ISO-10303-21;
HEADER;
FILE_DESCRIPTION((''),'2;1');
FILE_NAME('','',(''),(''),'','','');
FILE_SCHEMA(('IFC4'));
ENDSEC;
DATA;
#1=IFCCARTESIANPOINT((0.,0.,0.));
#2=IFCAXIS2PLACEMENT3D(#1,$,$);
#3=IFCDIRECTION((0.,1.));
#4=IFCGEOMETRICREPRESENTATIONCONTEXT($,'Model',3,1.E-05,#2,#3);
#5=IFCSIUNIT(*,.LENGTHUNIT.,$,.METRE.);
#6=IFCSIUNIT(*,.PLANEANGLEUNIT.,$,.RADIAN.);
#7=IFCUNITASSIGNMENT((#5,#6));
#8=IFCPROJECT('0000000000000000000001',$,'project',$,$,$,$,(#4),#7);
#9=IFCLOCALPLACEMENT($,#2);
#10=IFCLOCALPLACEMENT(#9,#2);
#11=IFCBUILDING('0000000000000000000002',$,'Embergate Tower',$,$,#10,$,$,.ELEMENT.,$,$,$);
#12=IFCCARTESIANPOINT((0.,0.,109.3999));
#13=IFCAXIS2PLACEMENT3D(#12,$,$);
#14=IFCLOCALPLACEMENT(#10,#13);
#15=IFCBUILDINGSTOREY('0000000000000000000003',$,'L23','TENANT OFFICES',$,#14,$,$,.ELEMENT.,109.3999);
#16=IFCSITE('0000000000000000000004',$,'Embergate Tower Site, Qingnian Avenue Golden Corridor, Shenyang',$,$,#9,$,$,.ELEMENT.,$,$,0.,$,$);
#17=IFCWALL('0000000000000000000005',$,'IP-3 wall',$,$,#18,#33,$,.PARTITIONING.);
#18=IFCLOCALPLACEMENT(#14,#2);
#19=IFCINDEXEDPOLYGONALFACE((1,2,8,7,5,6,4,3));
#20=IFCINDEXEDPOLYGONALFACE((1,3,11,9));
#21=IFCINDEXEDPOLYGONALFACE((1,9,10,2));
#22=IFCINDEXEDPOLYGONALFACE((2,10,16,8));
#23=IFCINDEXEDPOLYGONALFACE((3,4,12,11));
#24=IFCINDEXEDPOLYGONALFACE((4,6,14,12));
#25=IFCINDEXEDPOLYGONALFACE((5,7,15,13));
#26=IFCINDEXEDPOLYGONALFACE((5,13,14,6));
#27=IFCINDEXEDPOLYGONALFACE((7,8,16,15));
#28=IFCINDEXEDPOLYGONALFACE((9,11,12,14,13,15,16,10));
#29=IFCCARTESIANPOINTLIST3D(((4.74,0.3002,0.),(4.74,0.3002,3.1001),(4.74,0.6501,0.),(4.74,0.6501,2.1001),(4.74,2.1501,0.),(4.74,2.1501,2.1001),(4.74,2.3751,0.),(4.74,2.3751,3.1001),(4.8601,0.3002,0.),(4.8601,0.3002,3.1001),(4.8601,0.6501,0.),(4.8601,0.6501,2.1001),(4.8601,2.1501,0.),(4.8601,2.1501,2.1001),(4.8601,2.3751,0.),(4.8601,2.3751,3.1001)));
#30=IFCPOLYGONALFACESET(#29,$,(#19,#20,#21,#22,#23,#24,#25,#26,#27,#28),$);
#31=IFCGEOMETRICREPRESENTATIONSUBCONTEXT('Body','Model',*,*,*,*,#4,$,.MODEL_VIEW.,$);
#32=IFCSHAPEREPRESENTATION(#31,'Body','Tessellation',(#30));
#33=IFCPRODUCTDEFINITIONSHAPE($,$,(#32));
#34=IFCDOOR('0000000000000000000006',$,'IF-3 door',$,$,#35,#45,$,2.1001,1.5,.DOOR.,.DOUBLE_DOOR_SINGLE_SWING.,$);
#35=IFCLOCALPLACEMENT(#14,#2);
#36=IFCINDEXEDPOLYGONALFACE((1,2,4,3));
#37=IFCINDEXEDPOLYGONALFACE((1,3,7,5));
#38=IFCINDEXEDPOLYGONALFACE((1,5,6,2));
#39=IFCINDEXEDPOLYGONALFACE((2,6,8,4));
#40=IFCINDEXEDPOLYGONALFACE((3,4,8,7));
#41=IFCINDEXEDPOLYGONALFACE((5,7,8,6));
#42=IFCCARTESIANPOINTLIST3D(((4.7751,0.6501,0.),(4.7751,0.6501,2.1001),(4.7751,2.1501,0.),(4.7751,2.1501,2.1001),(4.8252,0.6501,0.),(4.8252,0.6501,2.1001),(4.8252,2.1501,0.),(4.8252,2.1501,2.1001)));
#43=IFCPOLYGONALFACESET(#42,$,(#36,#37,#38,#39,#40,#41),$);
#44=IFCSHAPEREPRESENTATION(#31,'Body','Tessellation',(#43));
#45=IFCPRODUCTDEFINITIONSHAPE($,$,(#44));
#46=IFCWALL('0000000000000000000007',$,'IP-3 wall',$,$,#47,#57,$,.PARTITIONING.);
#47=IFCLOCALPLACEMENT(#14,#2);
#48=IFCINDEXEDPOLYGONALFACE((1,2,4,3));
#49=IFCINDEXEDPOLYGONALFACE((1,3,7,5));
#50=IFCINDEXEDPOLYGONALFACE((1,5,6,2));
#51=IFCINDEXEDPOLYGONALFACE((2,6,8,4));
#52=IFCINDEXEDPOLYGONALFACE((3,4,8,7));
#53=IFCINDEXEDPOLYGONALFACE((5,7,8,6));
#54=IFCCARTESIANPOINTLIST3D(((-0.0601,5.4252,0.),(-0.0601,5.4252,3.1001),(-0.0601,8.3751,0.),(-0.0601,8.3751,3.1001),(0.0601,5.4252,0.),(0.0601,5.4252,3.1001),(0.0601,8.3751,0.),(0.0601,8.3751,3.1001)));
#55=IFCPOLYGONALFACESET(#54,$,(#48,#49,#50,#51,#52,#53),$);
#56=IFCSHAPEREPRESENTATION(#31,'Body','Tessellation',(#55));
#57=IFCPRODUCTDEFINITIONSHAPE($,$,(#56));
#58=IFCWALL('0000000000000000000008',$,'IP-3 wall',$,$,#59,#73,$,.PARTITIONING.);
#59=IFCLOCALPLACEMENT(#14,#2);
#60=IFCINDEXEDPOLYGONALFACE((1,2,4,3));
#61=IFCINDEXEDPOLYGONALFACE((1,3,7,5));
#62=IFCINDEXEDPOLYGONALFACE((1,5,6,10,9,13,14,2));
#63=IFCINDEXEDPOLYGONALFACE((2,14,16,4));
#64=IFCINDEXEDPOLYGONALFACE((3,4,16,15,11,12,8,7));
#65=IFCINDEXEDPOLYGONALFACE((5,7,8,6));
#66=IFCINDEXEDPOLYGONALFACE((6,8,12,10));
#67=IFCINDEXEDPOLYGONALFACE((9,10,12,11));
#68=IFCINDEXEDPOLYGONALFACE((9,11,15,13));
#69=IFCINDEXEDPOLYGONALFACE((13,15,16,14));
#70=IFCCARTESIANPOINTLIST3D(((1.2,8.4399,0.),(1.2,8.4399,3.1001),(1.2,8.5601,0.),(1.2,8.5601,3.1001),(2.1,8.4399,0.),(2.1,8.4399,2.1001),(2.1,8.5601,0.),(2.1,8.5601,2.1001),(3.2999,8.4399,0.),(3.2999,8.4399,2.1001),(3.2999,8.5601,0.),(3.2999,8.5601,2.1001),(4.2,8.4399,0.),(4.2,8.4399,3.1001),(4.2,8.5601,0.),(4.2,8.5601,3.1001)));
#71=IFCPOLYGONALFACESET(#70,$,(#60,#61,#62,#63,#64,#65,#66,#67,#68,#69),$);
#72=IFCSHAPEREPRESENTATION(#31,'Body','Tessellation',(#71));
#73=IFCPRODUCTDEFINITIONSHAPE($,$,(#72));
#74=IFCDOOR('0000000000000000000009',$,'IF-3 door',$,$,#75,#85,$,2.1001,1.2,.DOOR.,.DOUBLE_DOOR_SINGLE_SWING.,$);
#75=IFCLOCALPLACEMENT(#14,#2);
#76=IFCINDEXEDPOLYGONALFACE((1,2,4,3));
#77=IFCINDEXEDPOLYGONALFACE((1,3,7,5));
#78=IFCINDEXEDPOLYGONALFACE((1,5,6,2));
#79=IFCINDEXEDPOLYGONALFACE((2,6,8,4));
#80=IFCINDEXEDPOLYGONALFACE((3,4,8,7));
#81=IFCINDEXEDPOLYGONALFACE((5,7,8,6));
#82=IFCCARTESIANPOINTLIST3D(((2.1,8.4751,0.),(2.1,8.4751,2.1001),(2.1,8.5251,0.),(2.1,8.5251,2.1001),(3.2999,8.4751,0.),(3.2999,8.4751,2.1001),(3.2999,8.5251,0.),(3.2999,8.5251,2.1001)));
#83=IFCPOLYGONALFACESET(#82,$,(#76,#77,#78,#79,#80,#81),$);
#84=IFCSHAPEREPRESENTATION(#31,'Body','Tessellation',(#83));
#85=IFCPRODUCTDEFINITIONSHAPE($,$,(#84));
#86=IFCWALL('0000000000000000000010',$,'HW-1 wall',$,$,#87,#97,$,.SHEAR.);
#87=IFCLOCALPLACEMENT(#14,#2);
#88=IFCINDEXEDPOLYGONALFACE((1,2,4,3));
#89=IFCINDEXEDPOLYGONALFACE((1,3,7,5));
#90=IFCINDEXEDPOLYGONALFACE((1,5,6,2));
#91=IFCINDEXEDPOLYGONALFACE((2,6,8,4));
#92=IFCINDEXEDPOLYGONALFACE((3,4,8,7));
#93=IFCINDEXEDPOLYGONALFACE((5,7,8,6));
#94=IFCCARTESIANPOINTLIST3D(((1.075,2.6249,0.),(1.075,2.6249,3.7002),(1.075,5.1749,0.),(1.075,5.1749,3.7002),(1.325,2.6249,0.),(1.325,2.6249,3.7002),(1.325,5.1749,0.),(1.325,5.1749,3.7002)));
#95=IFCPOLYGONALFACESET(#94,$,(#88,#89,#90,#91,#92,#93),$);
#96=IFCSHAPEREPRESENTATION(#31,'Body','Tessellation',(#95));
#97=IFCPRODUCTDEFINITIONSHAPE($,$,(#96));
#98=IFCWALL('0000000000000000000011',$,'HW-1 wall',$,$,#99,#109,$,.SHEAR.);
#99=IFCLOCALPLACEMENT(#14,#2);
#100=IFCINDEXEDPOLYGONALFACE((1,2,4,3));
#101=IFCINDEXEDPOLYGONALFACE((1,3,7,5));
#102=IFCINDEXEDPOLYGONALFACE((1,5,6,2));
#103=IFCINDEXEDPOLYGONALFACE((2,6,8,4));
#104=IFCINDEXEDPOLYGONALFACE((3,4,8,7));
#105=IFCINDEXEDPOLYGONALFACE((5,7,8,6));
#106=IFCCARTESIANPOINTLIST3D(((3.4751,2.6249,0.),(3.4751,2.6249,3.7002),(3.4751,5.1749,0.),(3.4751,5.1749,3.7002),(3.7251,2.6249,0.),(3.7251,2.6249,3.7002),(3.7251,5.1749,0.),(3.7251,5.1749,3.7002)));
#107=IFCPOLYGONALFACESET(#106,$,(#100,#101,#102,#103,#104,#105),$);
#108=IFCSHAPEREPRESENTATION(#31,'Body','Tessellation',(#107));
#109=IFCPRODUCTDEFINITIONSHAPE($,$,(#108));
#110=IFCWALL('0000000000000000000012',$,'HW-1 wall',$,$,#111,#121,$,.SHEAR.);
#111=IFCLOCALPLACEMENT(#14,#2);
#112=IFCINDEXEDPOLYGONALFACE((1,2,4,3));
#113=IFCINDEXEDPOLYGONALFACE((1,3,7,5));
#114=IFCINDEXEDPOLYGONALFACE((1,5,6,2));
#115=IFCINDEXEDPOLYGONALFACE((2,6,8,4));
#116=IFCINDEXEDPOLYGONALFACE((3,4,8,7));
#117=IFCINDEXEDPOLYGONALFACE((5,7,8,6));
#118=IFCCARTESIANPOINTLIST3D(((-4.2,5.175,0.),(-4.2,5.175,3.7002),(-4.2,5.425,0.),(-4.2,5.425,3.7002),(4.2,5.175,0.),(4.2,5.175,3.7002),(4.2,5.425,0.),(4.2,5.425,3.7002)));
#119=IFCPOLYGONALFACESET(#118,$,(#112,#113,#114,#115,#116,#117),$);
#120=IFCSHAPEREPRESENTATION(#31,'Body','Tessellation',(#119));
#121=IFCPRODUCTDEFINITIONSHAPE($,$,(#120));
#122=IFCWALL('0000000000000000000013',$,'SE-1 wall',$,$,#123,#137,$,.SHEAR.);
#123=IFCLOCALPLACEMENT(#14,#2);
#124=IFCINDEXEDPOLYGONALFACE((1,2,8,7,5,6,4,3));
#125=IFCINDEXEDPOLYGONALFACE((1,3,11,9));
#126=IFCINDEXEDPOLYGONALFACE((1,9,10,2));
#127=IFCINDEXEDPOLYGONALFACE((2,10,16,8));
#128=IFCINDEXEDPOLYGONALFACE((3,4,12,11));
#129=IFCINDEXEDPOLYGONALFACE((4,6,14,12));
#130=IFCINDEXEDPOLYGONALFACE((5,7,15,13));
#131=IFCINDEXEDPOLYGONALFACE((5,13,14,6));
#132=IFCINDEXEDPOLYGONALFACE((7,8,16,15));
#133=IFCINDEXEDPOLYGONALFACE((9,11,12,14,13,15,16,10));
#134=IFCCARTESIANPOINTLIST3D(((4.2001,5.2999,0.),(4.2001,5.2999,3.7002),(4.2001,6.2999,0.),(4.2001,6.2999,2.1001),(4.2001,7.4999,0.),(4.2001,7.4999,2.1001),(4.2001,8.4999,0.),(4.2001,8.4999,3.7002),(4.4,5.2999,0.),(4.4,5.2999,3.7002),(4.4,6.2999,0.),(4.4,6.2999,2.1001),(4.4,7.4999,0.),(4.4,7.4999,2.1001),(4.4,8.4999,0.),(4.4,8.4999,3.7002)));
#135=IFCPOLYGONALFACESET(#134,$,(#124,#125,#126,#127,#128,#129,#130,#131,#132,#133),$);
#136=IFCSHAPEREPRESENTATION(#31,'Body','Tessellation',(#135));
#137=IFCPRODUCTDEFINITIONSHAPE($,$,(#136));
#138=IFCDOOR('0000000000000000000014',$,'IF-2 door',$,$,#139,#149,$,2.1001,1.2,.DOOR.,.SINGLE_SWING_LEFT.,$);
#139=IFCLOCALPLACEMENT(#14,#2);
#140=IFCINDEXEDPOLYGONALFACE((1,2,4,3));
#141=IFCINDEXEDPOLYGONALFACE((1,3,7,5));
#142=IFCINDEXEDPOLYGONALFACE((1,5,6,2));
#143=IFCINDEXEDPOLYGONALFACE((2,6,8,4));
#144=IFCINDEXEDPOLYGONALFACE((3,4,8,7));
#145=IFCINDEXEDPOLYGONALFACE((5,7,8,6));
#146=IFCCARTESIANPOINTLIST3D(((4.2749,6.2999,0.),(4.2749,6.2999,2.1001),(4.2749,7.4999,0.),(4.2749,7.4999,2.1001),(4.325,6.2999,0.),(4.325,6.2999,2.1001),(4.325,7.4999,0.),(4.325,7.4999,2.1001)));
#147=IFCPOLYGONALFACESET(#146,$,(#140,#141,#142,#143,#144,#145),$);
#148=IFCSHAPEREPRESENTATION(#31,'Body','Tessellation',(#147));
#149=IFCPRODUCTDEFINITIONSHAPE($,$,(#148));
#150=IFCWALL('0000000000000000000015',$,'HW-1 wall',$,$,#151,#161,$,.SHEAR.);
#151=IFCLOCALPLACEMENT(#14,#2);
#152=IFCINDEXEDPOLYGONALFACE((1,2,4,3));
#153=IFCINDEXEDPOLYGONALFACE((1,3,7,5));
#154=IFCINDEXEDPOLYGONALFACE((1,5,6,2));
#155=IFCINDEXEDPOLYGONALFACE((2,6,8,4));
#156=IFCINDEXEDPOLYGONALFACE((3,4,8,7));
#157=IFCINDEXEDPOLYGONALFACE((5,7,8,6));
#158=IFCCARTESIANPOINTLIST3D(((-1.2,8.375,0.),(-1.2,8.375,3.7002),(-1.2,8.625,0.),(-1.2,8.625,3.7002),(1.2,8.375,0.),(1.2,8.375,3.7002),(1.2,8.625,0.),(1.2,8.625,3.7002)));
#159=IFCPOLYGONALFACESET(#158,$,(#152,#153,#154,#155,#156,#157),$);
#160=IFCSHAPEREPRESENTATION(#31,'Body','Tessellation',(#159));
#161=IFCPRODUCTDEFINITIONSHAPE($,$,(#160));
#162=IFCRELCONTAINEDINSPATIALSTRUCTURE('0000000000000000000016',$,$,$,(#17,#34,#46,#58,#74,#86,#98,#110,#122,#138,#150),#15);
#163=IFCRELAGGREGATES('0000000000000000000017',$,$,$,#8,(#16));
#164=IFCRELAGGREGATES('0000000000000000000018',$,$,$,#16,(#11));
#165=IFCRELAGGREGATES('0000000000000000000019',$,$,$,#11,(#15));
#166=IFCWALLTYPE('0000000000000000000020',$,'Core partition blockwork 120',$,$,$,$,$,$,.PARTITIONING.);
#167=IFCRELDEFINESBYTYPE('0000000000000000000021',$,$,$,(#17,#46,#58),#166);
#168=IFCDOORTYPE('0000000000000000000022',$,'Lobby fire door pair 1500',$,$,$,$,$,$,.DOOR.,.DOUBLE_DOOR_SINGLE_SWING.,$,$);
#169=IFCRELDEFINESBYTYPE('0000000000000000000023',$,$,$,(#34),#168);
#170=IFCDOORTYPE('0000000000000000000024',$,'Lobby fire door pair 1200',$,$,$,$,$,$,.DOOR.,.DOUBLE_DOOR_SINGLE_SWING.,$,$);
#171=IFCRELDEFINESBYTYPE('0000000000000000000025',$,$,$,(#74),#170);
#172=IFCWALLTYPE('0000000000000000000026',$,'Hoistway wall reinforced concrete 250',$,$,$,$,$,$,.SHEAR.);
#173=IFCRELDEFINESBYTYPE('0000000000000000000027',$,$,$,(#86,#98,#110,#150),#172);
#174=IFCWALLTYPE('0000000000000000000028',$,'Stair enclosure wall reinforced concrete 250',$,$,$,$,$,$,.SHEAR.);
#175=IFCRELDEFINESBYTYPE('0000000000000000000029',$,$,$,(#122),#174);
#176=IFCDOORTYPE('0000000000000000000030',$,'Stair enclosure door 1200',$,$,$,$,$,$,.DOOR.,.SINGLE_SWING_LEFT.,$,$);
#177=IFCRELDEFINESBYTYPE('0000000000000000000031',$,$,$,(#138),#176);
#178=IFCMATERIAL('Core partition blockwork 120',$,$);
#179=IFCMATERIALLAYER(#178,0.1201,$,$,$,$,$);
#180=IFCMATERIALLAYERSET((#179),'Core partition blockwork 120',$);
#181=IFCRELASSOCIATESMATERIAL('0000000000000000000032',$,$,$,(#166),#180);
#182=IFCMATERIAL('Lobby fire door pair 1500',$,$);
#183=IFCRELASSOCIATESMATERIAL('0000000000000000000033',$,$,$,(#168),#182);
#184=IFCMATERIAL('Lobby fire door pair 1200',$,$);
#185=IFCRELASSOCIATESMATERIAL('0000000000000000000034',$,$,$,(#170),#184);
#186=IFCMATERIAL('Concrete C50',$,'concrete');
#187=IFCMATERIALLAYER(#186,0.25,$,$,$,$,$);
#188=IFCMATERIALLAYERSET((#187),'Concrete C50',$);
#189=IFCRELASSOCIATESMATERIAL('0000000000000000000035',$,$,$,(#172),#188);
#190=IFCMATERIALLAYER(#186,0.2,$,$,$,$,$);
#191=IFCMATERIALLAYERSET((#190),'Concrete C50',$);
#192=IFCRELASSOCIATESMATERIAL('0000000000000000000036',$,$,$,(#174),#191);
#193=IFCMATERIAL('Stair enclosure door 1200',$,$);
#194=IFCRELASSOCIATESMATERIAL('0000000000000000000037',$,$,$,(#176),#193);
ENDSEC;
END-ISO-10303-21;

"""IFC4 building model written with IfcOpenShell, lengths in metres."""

from ifc_helpers import new_model, si_unit, direction, frame, frame_2d, origin, place, context, subcontext, project, spatial, rectangle, extrude, source, transform, mapped, material, layer, layer_set, type_object, element, fill, save


model = new_model("IFC4")

# Units and contexts
model_context = context("Model", 3, precision=1e-05, world=origin(), true_north=direction((0.0, 1.0)))
body_context = subcontext(model_context, "Body", "Model", "MODEL_VIEW")
ifc_project = project(units=[si_unit("LENGTHUNIT", "METRE"), si_unit("PLANEANGLEUNIT", "RADIAN")], contexts=[model_context])

# Site, building, storey
site_placement = place(None, origin())
site = spatial("IfcSite", under=ifc_project, at=site_placement, Name="Embergate Tower Site, Qingnian Avenue Golden Corridor, Shenyang", CompositionType="ELEMENT", RefElevation=0.0)
building_placement = place(site_placement, origin())
building = spatial("IfcBuilding", under=site, at=building_placement, Name="Embergate Tower", CompositionType="ELEMENT")
storey_placement = place(building_placement, frame((0.0, 0.0, 109.3999)))
storey = spatial("IfcBuildingStorey", under=building, at=storey_placement, Name="L23", Description="TENANT OFFICES", CompositionType="ELEMENT", Elevation=109.3999)

# Wall, opening, door
ifc_material_1 = material(Name="Core partition blockwork 120")
ifc_layer_1 = layer(ifc_material_1, 0.1201)
ifc_layer_set_1 = layer_set([ifc_layer_1], Name="Core partition blockwork 120")
wall_type_1 = type_object("IfcWallType", Name="Core partition blockwork 120", PredefinedType="PARTITIONING", material=ifc_layer_set_1)
shared_shape_1 = source(origin(), body_context, "Body", "SweptSolid", [
    extrude(rectangle(XDim=2.075, YDim=0.1201, at=frame_2d((1.0376, 0.0))), origin(), (0.0, 0.0, 1.0), 3.1001),
])
wall_1_placement = place(storey_placement, frame((4.8, 0.3, 0.0), z_axis=(0.0, 0.0, 1.0), x_axis=(0.0, 1.0, 0.0)))
wall_1 = element("IfcWall", 1, at=wall_1_placement, inside=storey, type_object=wall_type_1, Name="IP-3 wall", PredefinedType="PARTITIONING", context=body_context, shape_type="MappedRepresentation", body=[
    mapped(shared_shape_1, transform((0.0, 0.0, 0.0))),
])
shared_shape_2 = source(origin(), body_context, "Body", "SweptSolid", [
    extrude(rectangle(XDim=1.5, YDim=2.1001, at=frame_2d((0.75, 1.05))), frame((0.0, 0.0701, 0.0), z_axis=(0.0, -1.0, 0.0), x_axis=(1.0, 0.0, 0.0)), (0.0, 0.0, 1.0), 0.1401),
])
opening_1_placement = place(wall_1_placement, frame((0.3501, 0.0, 0.0)))
opening_1 = element("IfcOpeningElement", 2, at=opening_1_placement, cuts=wall_1, PredefinedType="OPENING", context=body_context, shape_type="MappedRepresentation", body=[
    mapped(shared_shape_2, transform((0.0, 0.0, 0.0))),
])
ifc_material_2 = material(Name="Lobby fire door pair 1500")
door_type_1 = type_object("IfcDoorType", Name="Lobby fire door pair 1500", OperationType="DOUBLE_DOOR_SINGLE_SWING", PredefinedType="DOOR", material=ifc_material_2)
shared_shape_3 = source(origin(), body_context, "Body", "SweptSolid", [
    extrude(rectangle(XDim=1.5, YDim=2.1001, at=frame_2d((0.75, 1.05))), frame((0.0, 0.0249, 0.0), z_axis=(0.0, -1.0, 0.0), x_axis=(1.0, 0.0, 0.0)), (0.0, 0.0, 1.0), 0.05),
])
door_1_placement = place(opening_1_placement, origin())
door_1 = element("IfcDoor", 3, at=door_1_placement, inside=storey, type_object=door_type_1, Name="IF-3 door", OperationType="DOUBLE_DOOR_SINGLE_SWING", OverallHeight=2.1001, OverallWidth=1.5, PredefinedType="DOOR", context=body_context, shape_type="MappedRepresentation", body=[
    mapped(shared_shape_3, transform((0.0, 0.0, 0.0))),
])
fill(opening_1, door_1)

# Wall
shared_shape_4 = source(origin(), body_context, "Body", "SweptSolid", [
    extrude(rectangle(XDim=2.95, YDim=0.1201, at=frame_2d((1.4751, 0.0))), origin(), (0.0, 0.0, 1.0), 3.1001),
])
wall_2_placement = place(storey_placement, frame((0.0, 5.425, 0.0), z_axis=(0.0, 0.0, 1.0), x_axis=(0.0, 1.0, 0.0)))
element("IfcWall", 4, at=wall_2_placement, inside=storey, type_object=wall_type_1, Name="IP-3 wall", PredefinedType="PARTITIONING", context=body_context, shape_type="MappedRepresentation", body=[
    mapped(shared_shape_4, transform((0.0, 0.0, 0.0))),
])

# Wall, opening, door
shared_shape_5 = source(origin(), body_context, "Body", "SweptSolid", [
    extrude(rectangle(XDim=3.0, YDim=0.1201, at=frame_2d((1.5, 0.0))), origin(), (0.0, 0.0, 1.0), 3.1001),
])
wall_3_placement = place(storey_placement, frame((4.2, 8.5, 0.0), z_axis=(0.0, 0.0, 1.0), x_axis=(-1.0, 0.0, 0.0)))
wall_3 = element("IfcWall", 5, at=wall_3_placement, inside=storey, type_object=wall_type_1, Name="IP-3 wall", PredefinedType="PARTITIONING", context=body_context, shape_type="MappedRepresentation", body=[
    mapped(shared_shape_5, transform((0.0, 0.0, 0.0))),
])
shared_shape_6 = source(origin(), body_context, "Body", "SweptSolid", [
    extrude(rectangle(XDim=1.2, YDim=2.1001, at=frame_2d((0.6001, 1.05))), frame((0.0, 0.0701, 0.0), z_axis=(0.0, -1.0, 0.0), x_axis=(1.0, 0.0, 0.0)), (0.0, 0.0, 1.0), 0.1401),
])
opening_2_placement = place(wall_3_placement, frame((0.8999, 0.0, 0.0)))
opening_2 = element("IfcOpeningElement", 6, at=opening_2_placement, cuts=wall_3, PredefinedType="OPENING", context=body_context, shape_type="MappedRepresentation", body=[
    mapped(shared_shape_6, transform((0.0, 0.0, 0.0))),
])
ifc_material_3 = material(Name="Lobby fire door pair 1200")
door_type_2 = type_object("IfcDoorType", Name="Lobby fire door pair 1200", OperationType="DOUBLE_DOOR_SINGLE_SWING", PredefinedType="DOOR", material=ifc_material_3)
shared_shape_7 = source(origin(), body_context, "Body", "SweptSolid", [
    extrude(rectangle(XDim=1.2, YDim=2.1001, at=frame_2d((0.6001, 1.05))), frame((0.0, 0.0249, 0.0), z_axis=(0.0, -1.0, 0.0), x_axis=(1.0, 0.0, 0.0)), (0.0, 0.0, 1.0), 0.05),
])
door_2_placement = place(opening_2_placement, origin())
door_2 = element("IfcDoor", 7, at=door_2_placement, inside=storey, type_object=door_type_2, Name="IF-3 door", OperationType="DOUBLE_DOOR_SINGLE_SWING", OverallHeight=2.1001, OverallWidth=1.2, PredefinedType="DOOR", context=body_context, shape_type="MappedRepresentation", body=[
    mapped(shared_shape_7, transform((0.0, 0.0, 0.0))),
])
fill(opening_2, door_2)

# Walls
ifc_material_4 = material(Name="Concrete C50", Category="concrete")
ifc_layer_2 = layer(ifc_material_4, 0.25)
ifc_layer_set_2 = layer_set([ifc_layer_2], Name="Concrete C50")
wall_type_2 = type_object("IfcWallType", Name="Hoistway wall reinforced concrete 250", PredefinedType="SHEAR", material=ifc_layer_set_2)
shared_shape_8 = source(origin(), body_context, "Body", "SweptSolid", [
    extrude(rectangle(XDim=2.55, YDim=0.25, at=frame_2d((1.2749, 0.0))), origin(), (0.0, 0.0, 1.0), 3.7002),
])
for number, where, z_axis, x_axis, name in (
    (8, (1.2, 2.625, 0.0), (0.0, 0.0, 1.0), (0.0, 1.0, 0.0), "HW-1 wall"),
    (9, (3.6001, 2.625, 0.0), (0.0, 0.0, 1.0), (0.0, 1.0, 0.0), "HW-1 wall"),
):
    element("IfcWall", number, at=place(storey_placement, frame(where, z_axis=z_axis, x_axis=x_axis)), inside=storey, type_object=wall_type_2, Name=name, PredefinedType="SHEAR", context=body_context, shape_type="MappedRepresentation", body=[
        mapped(shared_shape_8, transform((0.0, 0.0, 0.0))),
    ])
shared_shape_9 = source(origin(), body_context, "Body", "SweptSolid", [
    extrude(rectangle(XDim=8.3999, YDim=0.25, at=frame_2d((4.2, 0.0))), origin(), (0.0, 0.0, 1.0), 3.7002),
])
wall_4_placement = place(storey_placement, frame((4.2, 5.3, 0.0), z_axis=(0.0, 0.0, 1.0), x_axis=(-1.0, 0.0, 0.0)))
element("IfcWall", 10, at=wall_4_placement, inside=storey, type_object=wall_type_2, Name="HW-1 wall", PredefinedType="SHEAR", context=body_context, shape_type="MappedRepresentation", body=[
    mapped(shared_shape_9, transform((0.0, 0.0, 0.0))),
])

# Wall, opening, door
ifc_layer_3 = layer(ifc_material_4, 0.2)
ifc_layer_set_3 = layer_set([ifc_layer_3], Name="Concrete C50")
wall_type_3 = type_object("IfcWallType", Name="Stair enclosure wall reinforced concrete 250", PredefinedType="SHEAR", material=ifc_layer_set_3)
shared_shape_10 = source(origin(), body_context, "Body", "SweptSolid", [
    extrude(rectangle(XDim=3.2, YDim=0.2, at=frame_2d((1.6001, 0.0))), origin(), (0.0, 0.0, 1.0), 3.7002),
])
wall_5_placement = place(storey_placement, frame((4.3, 8.5, 0.0), z_axis=(0.0, 0.0, 1.0), x_axis=(0.0, -1.0, 0.0)))
wall_5 = element("IfcWall", 11, at=wall_5_placement, inside=storey, type_object=wall_type_3, Name="SE-1 wall", PredefinedType="SHEAR", context=body_context, shape_type="MappedRepresentation", body=[
    mapped(shared_shape_10, transform((0.0, 0.0, 0.0))),
])
shared_shape_11 = source(origin(), body_context, "Body", "SweptSolid", [
    extrude(rectangle(XDim=1.2, YDim=2.1001, at=frame_2d((0.6001, 1.05))), frame((0.0, 0.1099, 0.0), z_axis=(0.0, -1.0, 0.0), x_axis=(1.0, 0.0, 0.0)), (0.0, 0.0, 1.0), 0.22),
])
opening_3_placement = place(wall_5_placement, frame((1.0, 0.0, 0.0)))
opening_3 = element("IfcOpeningElement", 12, at=opening_3_placement, cuts=wall_5, PredefinedType="OPENING", context=body_context, shape_type="MappedRepresentation", body=[
    mapped(shared_shape_11, transform((0.0, 0.0, 0.0))),
])
ifc_material_5 = material(Name="Stair enclosure door 1200")
door_type_3 = type_object("IfcDoorType", Name="Stair enclosure door 1200", OperationType="SINGLE_SWING_LEFT", PredefinedType="DOOR", material=ifc_material_5)
door_3_placement = place(opening_3_placement, origin())
door_3 = element("IfcDoor", 13, at=door_3_placement, inside=storey, type_object=door_type_3, Name="IF-2 door", OperationType="SINGLE_SWING_LEFT", OverallHeight=2.1001, OverallWidth=1.2, PredefinedType="DOOR", context=body_context, shape_type="MappedRepresentation", body=[
    mapped(shared_shape_7, transform((0.0, 0.0, 0.0))),
])
fill(opening_3, door_3)

# Wall
shared_shape_12 = source(origin(), body_context, "Body", "SweptSolid", [
    extrude(rectangle(XDim=2.3999, YDim=0.25, at=frame_2d((1.2, 0.0))), origin(), (0.0, 0.0, 1.0), 3.7002),
])
wall_6_placement = place(storey_placement, frame((1.2, 8.5, 0.0), z_axis=(0.0, 0.0, 1.0), x_axis=(-1.0, 0.0, 0.0)))
element("IfcWall", 14, at=wall_6_placement, inside=storey, type_object=wall_type_2, Name="HW-1 wall", PredefinedType="SHEAR", context=body_context, shape_type="MappedRepresentation", body=[
    mapped(shared_shape_12, transform((0.0, 0.0, 0.0))),
])

save(model, "model.ifc")
